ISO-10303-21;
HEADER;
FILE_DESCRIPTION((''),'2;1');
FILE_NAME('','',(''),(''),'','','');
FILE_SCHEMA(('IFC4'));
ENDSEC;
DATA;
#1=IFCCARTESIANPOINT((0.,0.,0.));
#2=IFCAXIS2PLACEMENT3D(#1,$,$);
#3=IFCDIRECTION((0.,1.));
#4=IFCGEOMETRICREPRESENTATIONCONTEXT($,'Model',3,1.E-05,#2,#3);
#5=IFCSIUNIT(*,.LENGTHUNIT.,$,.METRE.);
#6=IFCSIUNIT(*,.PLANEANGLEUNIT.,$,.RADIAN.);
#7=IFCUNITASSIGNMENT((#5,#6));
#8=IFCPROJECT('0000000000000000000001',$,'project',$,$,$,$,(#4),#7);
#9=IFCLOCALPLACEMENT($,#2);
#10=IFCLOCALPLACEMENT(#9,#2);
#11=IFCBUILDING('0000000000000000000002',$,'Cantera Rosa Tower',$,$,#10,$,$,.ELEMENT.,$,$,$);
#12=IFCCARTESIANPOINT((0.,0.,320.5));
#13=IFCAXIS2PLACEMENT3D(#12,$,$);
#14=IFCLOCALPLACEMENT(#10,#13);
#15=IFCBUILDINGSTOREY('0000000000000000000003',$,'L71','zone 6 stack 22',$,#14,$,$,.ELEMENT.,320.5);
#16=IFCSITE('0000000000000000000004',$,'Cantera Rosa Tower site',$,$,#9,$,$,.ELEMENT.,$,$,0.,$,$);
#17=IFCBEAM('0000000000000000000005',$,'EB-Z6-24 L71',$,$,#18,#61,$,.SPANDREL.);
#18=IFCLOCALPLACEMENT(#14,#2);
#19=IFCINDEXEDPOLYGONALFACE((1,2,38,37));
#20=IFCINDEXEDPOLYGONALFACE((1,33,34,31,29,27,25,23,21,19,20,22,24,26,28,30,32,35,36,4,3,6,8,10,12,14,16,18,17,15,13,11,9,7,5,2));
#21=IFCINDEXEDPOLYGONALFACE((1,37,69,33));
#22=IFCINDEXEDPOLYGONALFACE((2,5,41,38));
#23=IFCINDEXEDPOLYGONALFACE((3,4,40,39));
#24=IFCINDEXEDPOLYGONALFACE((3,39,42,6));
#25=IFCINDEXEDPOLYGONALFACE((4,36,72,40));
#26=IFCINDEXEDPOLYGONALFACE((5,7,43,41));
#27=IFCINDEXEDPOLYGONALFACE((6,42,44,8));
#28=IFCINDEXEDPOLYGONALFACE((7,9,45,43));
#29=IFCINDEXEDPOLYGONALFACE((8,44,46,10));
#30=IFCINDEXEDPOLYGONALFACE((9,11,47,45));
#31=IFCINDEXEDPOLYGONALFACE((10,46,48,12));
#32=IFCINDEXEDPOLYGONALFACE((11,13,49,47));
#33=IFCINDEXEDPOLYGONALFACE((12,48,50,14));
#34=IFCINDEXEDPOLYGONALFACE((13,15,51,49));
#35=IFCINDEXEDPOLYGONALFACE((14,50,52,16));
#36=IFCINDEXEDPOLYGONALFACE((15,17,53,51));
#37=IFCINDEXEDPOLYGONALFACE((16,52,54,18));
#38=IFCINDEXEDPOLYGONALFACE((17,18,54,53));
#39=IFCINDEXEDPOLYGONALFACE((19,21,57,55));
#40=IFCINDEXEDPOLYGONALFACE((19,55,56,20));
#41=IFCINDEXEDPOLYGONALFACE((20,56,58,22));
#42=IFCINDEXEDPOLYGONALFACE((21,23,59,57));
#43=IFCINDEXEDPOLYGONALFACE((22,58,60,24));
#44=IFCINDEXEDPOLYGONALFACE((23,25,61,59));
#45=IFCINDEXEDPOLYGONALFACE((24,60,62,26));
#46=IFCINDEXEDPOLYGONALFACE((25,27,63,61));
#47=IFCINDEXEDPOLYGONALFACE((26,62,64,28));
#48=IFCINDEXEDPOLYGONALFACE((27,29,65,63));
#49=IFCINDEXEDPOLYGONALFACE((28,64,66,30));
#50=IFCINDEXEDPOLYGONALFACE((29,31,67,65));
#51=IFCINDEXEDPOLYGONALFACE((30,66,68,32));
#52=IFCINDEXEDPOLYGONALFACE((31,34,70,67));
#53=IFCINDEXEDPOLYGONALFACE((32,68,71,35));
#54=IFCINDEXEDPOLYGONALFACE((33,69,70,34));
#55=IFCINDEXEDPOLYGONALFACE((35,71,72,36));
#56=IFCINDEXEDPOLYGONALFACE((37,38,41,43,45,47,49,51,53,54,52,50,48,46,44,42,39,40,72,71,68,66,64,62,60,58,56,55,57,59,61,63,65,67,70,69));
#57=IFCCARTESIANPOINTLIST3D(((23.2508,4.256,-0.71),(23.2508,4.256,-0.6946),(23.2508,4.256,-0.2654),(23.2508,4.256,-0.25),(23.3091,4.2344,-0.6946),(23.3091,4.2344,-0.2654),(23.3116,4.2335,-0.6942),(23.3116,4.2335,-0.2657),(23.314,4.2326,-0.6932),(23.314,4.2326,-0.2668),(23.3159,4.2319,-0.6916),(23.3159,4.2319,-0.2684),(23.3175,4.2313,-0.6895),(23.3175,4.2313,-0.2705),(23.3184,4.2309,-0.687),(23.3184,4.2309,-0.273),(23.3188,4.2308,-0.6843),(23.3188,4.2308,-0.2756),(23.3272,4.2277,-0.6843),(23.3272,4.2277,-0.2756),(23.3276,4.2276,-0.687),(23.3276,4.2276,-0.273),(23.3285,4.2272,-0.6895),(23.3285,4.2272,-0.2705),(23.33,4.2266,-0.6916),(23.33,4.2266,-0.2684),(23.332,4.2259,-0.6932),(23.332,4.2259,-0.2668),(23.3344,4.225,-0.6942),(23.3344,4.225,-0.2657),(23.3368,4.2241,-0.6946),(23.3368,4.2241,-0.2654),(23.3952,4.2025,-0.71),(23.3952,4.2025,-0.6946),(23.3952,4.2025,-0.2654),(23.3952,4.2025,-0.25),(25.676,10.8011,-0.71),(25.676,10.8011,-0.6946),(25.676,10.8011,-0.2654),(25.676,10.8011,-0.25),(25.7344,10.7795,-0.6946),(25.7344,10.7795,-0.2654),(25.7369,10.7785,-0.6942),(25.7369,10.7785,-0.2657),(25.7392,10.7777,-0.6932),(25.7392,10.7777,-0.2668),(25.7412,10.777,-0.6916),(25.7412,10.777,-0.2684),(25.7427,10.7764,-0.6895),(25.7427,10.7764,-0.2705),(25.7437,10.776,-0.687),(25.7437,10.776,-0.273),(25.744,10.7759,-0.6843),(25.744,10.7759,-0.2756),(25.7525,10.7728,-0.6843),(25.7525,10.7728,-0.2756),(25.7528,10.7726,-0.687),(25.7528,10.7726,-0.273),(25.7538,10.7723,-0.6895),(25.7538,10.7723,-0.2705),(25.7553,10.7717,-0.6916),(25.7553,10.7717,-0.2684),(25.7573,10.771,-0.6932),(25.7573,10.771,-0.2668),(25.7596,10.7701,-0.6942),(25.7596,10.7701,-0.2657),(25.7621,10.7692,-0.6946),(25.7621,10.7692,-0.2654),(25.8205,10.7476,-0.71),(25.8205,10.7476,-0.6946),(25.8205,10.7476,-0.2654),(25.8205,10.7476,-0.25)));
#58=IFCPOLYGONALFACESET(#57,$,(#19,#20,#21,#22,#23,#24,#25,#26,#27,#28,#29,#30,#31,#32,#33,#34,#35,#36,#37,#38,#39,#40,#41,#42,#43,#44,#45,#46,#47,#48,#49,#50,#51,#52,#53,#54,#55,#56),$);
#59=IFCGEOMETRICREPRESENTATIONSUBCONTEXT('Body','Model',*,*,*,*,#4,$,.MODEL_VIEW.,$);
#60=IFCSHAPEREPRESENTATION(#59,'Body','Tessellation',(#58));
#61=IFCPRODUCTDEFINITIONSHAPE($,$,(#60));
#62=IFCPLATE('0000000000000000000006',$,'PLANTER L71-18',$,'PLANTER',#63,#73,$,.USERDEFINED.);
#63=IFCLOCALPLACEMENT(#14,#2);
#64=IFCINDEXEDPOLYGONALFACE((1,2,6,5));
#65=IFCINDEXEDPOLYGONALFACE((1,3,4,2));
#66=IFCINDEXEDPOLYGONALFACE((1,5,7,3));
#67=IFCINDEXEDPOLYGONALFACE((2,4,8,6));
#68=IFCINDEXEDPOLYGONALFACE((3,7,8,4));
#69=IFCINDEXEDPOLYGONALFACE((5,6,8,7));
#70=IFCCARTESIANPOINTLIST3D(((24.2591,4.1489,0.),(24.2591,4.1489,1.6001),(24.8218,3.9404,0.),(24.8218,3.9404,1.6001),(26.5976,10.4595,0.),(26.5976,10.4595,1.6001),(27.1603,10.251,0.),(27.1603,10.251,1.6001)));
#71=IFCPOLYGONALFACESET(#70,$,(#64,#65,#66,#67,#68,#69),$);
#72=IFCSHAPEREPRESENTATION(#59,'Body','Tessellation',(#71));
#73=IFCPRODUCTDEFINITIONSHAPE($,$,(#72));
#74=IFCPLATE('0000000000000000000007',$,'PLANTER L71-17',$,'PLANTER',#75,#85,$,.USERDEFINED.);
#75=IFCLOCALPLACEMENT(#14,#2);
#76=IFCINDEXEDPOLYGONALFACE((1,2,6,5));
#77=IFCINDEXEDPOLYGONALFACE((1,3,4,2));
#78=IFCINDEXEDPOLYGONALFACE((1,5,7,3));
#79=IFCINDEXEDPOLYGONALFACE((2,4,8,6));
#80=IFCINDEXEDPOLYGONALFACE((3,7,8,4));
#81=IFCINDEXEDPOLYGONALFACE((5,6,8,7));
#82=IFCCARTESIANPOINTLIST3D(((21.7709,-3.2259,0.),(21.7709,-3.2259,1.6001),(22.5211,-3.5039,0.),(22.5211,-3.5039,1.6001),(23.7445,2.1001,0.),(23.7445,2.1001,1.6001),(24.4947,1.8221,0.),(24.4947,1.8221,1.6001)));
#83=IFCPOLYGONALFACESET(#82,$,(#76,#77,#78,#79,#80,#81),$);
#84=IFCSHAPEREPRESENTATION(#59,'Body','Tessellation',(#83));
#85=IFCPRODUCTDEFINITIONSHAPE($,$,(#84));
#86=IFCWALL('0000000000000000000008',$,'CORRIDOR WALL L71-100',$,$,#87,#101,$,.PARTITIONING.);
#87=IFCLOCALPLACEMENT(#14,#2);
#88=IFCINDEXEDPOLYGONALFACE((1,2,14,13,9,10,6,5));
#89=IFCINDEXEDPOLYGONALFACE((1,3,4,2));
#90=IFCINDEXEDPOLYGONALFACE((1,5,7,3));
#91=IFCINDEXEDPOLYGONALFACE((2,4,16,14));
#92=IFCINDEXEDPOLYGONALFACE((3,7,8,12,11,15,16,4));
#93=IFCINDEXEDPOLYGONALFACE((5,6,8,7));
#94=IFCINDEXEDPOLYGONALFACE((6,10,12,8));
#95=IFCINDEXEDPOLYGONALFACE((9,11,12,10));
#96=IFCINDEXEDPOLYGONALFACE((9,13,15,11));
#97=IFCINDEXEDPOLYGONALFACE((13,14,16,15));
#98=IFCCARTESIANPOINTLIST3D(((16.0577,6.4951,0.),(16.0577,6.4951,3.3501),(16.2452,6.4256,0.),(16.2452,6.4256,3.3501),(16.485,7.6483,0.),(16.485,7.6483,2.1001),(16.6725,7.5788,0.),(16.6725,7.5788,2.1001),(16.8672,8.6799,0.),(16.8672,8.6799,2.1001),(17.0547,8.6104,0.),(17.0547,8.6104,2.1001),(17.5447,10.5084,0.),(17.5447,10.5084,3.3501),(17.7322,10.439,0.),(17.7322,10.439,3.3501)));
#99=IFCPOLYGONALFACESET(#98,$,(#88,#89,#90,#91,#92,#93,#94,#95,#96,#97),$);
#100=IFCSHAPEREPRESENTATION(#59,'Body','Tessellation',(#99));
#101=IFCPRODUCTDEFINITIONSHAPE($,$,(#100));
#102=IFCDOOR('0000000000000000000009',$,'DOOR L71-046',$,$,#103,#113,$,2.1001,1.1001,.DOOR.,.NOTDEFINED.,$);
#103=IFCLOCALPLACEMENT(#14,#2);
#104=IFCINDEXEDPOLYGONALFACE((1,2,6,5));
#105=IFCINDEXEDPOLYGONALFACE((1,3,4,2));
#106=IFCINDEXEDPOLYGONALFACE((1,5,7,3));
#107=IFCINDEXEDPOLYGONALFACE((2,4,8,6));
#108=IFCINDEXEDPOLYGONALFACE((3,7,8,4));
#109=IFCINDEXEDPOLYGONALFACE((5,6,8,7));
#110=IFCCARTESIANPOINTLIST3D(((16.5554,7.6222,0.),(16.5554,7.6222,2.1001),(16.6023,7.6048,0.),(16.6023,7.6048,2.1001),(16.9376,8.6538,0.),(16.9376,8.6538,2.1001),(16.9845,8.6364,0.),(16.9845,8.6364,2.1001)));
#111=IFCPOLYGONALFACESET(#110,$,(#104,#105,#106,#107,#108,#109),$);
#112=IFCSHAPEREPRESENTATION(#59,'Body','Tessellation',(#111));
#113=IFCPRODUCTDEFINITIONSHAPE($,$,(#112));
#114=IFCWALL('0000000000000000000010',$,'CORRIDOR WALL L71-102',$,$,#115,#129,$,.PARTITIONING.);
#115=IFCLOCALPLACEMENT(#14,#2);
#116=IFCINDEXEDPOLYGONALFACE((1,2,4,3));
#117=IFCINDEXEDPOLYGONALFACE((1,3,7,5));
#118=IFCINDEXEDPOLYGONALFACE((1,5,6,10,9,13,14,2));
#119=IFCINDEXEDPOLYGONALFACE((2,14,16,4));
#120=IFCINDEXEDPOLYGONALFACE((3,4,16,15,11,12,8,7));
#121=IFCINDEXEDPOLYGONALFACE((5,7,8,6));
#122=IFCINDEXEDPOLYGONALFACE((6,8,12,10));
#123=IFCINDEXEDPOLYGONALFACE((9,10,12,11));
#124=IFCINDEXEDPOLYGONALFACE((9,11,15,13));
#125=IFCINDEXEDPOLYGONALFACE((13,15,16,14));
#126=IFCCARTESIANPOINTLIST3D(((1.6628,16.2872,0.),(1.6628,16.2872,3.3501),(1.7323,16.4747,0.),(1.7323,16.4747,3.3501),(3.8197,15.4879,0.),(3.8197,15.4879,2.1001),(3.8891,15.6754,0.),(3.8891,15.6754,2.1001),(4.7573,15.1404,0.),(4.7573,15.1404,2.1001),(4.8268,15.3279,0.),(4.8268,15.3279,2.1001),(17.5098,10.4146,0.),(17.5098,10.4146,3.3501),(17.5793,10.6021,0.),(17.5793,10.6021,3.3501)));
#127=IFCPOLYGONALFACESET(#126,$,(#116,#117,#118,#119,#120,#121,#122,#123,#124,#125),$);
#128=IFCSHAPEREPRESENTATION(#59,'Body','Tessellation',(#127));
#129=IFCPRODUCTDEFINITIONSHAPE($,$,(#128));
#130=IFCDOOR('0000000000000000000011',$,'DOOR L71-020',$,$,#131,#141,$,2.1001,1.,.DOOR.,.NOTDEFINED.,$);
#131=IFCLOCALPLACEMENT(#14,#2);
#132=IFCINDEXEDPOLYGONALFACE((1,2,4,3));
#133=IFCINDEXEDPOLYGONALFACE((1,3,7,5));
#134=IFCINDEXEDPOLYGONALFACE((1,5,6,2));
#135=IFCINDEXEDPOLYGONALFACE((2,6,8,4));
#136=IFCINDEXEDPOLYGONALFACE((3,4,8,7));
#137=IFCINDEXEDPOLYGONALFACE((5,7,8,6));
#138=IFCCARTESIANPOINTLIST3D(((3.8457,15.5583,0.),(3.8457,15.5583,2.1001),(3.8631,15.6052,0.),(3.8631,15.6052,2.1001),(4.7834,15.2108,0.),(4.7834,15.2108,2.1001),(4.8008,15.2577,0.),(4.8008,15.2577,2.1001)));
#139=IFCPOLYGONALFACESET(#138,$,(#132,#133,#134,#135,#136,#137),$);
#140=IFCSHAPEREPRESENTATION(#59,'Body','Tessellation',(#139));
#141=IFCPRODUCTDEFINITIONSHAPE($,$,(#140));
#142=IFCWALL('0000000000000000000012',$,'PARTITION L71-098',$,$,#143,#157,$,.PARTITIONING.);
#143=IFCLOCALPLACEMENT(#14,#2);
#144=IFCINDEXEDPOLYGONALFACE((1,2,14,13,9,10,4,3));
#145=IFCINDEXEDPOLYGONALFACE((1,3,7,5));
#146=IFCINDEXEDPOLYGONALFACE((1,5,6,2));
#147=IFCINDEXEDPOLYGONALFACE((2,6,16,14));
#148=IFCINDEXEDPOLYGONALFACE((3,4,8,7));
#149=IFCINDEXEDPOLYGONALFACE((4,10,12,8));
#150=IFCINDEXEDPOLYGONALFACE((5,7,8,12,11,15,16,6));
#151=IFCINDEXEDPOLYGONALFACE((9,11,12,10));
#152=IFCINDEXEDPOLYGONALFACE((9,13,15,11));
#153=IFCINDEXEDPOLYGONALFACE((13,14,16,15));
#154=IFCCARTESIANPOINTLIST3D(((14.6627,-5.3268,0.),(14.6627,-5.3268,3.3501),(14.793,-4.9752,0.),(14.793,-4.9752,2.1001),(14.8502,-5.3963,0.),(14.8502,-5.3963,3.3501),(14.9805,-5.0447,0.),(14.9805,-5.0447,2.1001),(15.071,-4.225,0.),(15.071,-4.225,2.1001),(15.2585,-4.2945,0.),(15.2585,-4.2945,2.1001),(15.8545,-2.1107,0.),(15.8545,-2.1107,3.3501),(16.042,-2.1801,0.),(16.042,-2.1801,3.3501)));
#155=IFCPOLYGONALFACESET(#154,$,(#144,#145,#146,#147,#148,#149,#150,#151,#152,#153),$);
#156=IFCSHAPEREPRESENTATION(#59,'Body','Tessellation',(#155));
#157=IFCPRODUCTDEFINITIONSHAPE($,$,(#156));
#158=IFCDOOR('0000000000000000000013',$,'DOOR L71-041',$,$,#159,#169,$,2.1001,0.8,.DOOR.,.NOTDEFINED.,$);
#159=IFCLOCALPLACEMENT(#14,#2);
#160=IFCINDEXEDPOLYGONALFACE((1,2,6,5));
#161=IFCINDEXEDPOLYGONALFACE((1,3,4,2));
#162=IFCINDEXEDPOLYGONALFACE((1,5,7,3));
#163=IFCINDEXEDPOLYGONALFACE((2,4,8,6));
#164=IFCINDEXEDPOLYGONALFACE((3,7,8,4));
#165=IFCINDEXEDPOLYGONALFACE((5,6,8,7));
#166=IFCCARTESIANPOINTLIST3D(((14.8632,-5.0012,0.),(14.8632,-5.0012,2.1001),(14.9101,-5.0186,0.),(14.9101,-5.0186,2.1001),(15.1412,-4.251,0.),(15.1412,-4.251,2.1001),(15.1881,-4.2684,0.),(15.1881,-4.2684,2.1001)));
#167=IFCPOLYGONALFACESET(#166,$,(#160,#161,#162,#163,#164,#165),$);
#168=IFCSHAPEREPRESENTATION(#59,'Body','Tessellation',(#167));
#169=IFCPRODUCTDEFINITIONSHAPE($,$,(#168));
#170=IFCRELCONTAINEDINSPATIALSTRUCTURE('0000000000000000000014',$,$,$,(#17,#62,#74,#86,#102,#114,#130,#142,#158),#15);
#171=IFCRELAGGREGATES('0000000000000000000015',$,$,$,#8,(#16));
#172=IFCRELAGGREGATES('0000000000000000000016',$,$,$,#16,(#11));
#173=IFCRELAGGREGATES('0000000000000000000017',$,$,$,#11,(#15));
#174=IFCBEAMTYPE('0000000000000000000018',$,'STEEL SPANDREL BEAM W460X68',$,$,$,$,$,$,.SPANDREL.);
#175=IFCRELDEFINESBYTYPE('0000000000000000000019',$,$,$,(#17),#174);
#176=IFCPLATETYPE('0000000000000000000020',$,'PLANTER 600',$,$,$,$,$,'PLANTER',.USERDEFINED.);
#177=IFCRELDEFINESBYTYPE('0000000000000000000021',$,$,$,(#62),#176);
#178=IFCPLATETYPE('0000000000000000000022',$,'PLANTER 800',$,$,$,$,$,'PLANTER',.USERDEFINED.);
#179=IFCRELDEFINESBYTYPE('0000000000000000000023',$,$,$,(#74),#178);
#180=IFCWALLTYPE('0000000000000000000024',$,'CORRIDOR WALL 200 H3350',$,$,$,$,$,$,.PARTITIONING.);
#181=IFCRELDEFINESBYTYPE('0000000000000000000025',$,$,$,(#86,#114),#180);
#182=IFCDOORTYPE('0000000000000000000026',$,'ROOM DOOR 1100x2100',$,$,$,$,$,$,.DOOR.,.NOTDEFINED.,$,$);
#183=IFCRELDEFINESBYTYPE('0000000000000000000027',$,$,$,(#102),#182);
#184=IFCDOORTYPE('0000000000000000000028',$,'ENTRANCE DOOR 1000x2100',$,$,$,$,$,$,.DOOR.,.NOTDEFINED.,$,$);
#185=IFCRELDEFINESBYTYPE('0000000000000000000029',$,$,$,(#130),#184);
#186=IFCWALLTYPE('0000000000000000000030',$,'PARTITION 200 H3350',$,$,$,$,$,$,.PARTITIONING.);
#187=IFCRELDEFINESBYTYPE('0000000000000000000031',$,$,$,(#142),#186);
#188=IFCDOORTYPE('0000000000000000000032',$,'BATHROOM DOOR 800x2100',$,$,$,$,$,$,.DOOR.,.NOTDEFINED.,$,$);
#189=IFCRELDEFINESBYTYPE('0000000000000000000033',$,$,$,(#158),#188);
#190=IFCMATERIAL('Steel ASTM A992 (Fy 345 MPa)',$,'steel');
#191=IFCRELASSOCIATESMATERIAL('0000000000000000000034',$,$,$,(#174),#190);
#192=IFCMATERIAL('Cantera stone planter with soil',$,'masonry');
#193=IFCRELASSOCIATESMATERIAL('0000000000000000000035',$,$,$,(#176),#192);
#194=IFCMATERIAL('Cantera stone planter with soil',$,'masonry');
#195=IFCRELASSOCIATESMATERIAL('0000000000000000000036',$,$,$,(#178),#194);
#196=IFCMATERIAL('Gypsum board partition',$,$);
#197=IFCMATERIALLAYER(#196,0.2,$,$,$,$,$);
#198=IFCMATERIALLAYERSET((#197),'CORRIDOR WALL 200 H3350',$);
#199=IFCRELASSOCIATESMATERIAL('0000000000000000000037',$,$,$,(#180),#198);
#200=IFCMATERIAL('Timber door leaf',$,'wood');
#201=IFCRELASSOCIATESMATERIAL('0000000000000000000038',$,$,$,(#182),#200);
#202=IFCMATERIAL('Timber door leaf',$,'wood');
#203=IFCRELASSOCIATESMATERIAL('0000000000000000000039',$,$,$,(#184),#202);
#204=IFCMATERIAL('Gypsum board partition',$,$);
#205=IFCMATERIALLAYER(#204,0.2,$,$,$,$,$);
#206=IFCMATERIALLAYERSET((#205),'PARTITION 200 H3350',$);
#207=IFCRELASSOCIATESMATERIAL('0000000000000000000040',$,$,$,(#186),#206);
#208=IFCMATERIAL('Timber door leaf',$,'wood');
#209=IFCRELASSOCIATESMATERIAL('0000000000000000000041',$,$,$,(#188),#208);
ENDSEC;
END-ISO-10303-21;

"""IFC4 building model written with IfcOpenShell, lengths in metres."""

from ifc_helpers import new_model, si_unit, direction, frame, frame_2d, origin, origin_2d, place, context, subcontext, project, spatial, rectangle, i_section, extrude, material, layer, layer_set, material_profile, profile_set, type_object, element, fill, save


model = new_model("IFC4")

# Units and contexts
model_context = context("Model", 3, precision=1e-05, world=origin(), true_north=direction((0.0, 1.0)))
body_context = subcontext(model_context, "Body", "Model", "MODEL_VIEW")
ifc_project = project(units=[si_unit("LENGTHUNIT", "METRE"), si_unit("PLANEANGLEUNIT", "RADIAN")], contexts=[model_context])

# Site, building, storey
site_placement = place(None, origin())
site = spatial("IfcSite", under=ifc_project, at=site_placement, Name="Cantera Rosa Tower site", CompositionType="ELEMENT", RefElevation=0.0)
building_placement = place(site_placement, origin())
building = spatial("IfcBuilding", under=site, at=building_placement, Name="Cantera Rosa Tower", CompositionType="ELEMENT")
storey_placement = place(building_placement, frame((0.0, 0.0, 320.5)))
storey = spatial("IfcBuildingStorey", under=building, at=storey_placement, Name="L71", Description="zone 6 stack 22", CompositionType="ELEMENT", Elevation=320.5)

# Beam
ifc_material_1 = material(Name="Steel ASTM A992 (Fy 345 MPa)", Category="steel")
ifc_material_profile_1 = material_profile(ifc_material_1, i_section(OverallWidth=0.1541, OverallDepth=0.46, WebThickness=0.009, FlangeThickness=0.0154, FilletRadius=0.0103, at=origin_2d()), Name="W460X68")
ifc_profile_set_1 = profile_set([ifc_material_profile_1], Name="Steel ASTM A992 (Fy 345 MPa)")
beam_type_1 = type_object("IfcBeamType", Name="STEEL SPANDREL BEAM W460X68", PredefinedType="SPANDREL", material=ifc_profile_set_1)
beam_1_placement = place(storey_placement, frame((23.323, 4.2292, -0.48), z_axis=(0.34746, 0.937695, 0.0), x_axis=(-0.937695, 0.34746, 0.0)))
element("IfcBeam", 1, at=beam_1_placement, inside=storey, type_object=beam_type_1, Name="EB-Z6-24 L71", PredefinedType="SPANDREL", context=body_context, shape_type="SweptSolid", body=[
    extrude(i_section(OverallWidth=0.1541, OverallDepth=0.46, WebThickness=0.009, FlangeThickness=0.0154, FilletRadius=0.0103, at=origin_2d()), origin(), (0.0, 0.0, 1.0), 6.98),
])

# Plates
ifc_material_2 = material(Name="Cantera stone planter with soil", Category="masonry")
plate_type_1 = type_object("IfcPlateType", Name="PLANTER 600", ElementType="PLANTER", PredefinedType="USERDEFINED", material=ifc_material_2)
plate_1_placement = place(storey_placement, frame((25.7097, 7.2, 0.0), z_axis=(0.0, 0.0, 1.0), x_axis=(0.347481, 0.937687, 0.0)))
element("IfcPlate", 2, at=plate_1_placement, inside=storey, type_object=plate_type_1, Name="PLANTER L71-18", ObjectType="PLANTER", PredefinedType="USERDEFINED", context=body_context, shape_type="SweptSolid", body=[
    extrude(rectangle(XDim=6.73, YDim=0.6001, at=origin_2d()), origin(), (0.0, 0.0, 1.0), 1.6001),
])
ifc_material_3 = material(Name="Cantera stone planter with soil", Category="masonry")
plate_type_2 = type_object("IfcPlateType", Name="PLANTER 800", ElementType="PLANTER", PredefinedType="USERDEFINED", material=ifc_material_3)
plate_2_placement = place(storey_placement, frame((23.1328, -0.7019, 0.0), z_axis=(0.0, 0.0, 1.0), x_axis=(0.347481, 0.937687, 0.0)))
element("IfcPlate", 3, at=plate_2_placement, inside=storey, type_object=plate_type_2, Name="PLANTER L71-17", ObjectType="PLANTER", PredefinedType="USERDEFINED", context=body_context, shape_type="SweptSolid", body=[
    extrude(rectangle(XDim=5.6799, YDim=0.8, at=origin_2d()), origin(), (0.0, 0.0, 1.0), 1.6001),
])

# Walls, openings, doors
ifc_material_4 = material(Name="Gypsum board partition")
ifc_layer_1 = layer(ifc_material_4, 0.2)
ifc_layer_set_1 = layer_set([ifc_layer_1], Name="CORRIDOR WALL 200 H3350")
wall_type_1 = type_object("IfcWallType", Name="CORRIDOR WALL 200 H3350", PredefinedType="PARTITIONING", material=ifc_layer_set_1)
wall_1_placement = place(storey_placement, frame((16.1514, 6.4602, 0.0), z_axis=(0.0, 0.0, 1.0), x_axis=(0.347439, 0.937703, 0.0)))
wall_1 = element("IfcWall", 4, at=wall_1_placement, inside=storey, type_object=wall_type_1, Name="CORRIDOR WALL L71-100", PredefinedType="PARTITIONING", context=body_context, shape_type="SweptSolid", body=[
    extrude(rectangle(XDim=4.28, YDim=0.2, at=frame_2d((2.1401, 0.0))), origin(), (0.0, 0.0, 1.0), 3.3501),
])
opening_1_placement = place(wall_1_placement, frame((1.23, 0.0, 0.0)))
opening_1 = element("IfcOpeningElement", 5, at=opening_1_placement, cuts=wall_1, PredefinedType="OPENING", context=body_context, shape_type="SweptSolid", body=[
    extrude(rectangle(XDim=1.1001, YDim=2.1001, at=frame_2d((0.55, 1.05))), frame((0.0, 0.1099, 0.0), z_axis=(0.0, -1.0, 0.0), x_axis=(1.0, 0.0, 0.0)), (0.0, 0.0, 1.0), 0.22),
])
ifc_material_5 = material(Name="Timber door leaf", Category="wood")
door_type_1 = type_object("IfcDoorType", Name="ROOM DOOR 1100x2100", OperationType="NOTDEFINED", PredefinedType="DOOR", material=ifc_material_5)
door_1_placement = place(opening_1_placement, origin())
door_1 = element("IfcDoor", 6, at=door_1_placement, inside=storey, type_object=door_type_1, Name="DOOR L71-046", OperationType="NOTDEFINED", OverallHeight=2.1001, OverallWidth=1.1001, PredefinedType="DOOR", context=body_context, shape_type="SweptSolid", body=[
    extrude(rectangle(XDim=1.1001, YDim=2.1001, at=frame_2d((0.55, 1.05))), frame((0.0, 0.0249, 0.0), z_axis=(0.0, -1.0, 0.0), x_axis=(1.0, 0.0, 0.0)), (0.0, 0.0, 1.0), 0.05),
])
fill(opening_1, door_1)
wall_2_placement = place(storey_placement, frame((17.5447, 10.5083, 0.0), z_axis=(0.0, 0.0, 1.0), x_axis=(-0.937685, 0.347487, 0.0)))
wall_2 = element("IfcWall", 7, at=wall_2_placement, inside=storey, type_object=wall_type_1, Name="CORRIDOR WALL L71-102", PredefinedType="PARTITIONING", context=body_context, shape_type="SweptSolid", body=[
    extrude(rectangle(XDim=16.9001, YDim=0.2, at=frame_2d((8.4502, 0.0))), origin(), (0.0, 0.0, 1.0), 3.3501),
])
opening_2_placement = place(wall_2_placement, frame((13.6001, 0.0, 0.0)))
opening_2 = element("IfcOpeningElement", 8, at=opening_2_placement, cuts=wall_2, PredefinedType="OPENING", context=body_context, shape_type="SweptSolid", body=[
    extrude(rectangle(XDim=1.0, YDim=2.1001, at=frame_2d((0.5, 1.05))), frame((0.0, 0.1099, 0.0), z_axis=(0.0, -1.0, 0.0), x_axis=(1.0, 0.0, 0.0)), (0.0, 0.0, 1.0), 0.22),
])
ifc_material_6 = material(Name="Timber door leaf", Category="wood")
door_type_2 = type_object("IfcDoorType", Name="ENTRANCE DOOR 1000x2100", OperationType="NOTDEFINED", PredefinedType="DOOR", material=ifc_material_6)
door_2_placement = place(opening_2_placement, origin())
door_2 = element("IfcDoor", 9, at=door_2_placement, inside=storey, type_object=door_type_2, Name="DOOR L71-020", OperationType="NOTDEFINED", OverallHeight=2.1001, OverallWidth=1.0, PredefinedType="DOOR", context=body_context, shape_type="SweptSolid", body=[
    extrude(rectangle(XDim=1.0, YDim=2.1001, at=frame_2d((0.5, 1.05))), frame((0.0, 0.0249, 0.0), z_axis=(0.0, -1.0, 0.0), x_axis=(1.0, 0.0, 0.0)), (0.0, 0.0, 1.0), 0.05),
])
fill(opening_2, door_2)

# Wall, opening, door
ifc_material_7 = material(Name="Gypsum board partition")
ifc_layer_2 = layer(ifc_material_7, 0.2)
ifc_layer_set_2 = layer_set([ifc_layer_2], Name="PARTITION 200 H3350")
wall_type_2 = type_object("IfcWallType", Name="PARTITION 200 H3350", PredefinedType="PARTITIONING", material=ifc_layer_set_2)
wall_3_placement = place(storey_placement, frame((15.9482, -2.1455, 0.0), z_axis=(0.0, 0.0, 1.0), x_axis=(-0.347486, -0.937685, 0.0)))
wall_3 = element("IfcWall", 10, at=wall_3_placement, inside=storey, type_object=wall_type_2, Name="PARTITION L71-098", PredefinedType="PARTITIONING", context=body_context, shape_type="SweptSolid", body=[
    extrude(rectangle(XDim=3.4299, YDim=0.2, at=frame_2d((1.7148, 0.0))), origin(), (0.0, 0.0, 1.0), 3.3501),
])
opening_3_placement = place(wall_3_placement, frame((2.2549, 0.0, 0.0)))
opening_3 = element("IfcOpeningElement", 11, at=opening_3_placement, cuts=wall_3, PredefinedType="OPENING", context=body_context, shape_type="SweptSolid", body=[
    extrude(rectangle(XDim=0.8, YDim=2.1001, at=frame_2d((0.3999, 1.05))), frame((0.0, 0.1099, 0.0), z_axis=(0.0, -1.0, 0.0), x_axis=(1.0, 0.0, 0.0)), (0.0, 0.0, 1.0), 0.22),
])
ifc_material_8 = material(Name="Timber door leaf", Category="wood")
door_type_3 = type_object("IfcDoorType", Name="BATHROOM DOOR 800x2100", OperationType="NOTDEFINED", PredefinedType="DOOR", material=ifc_material_8)
door_3_placement = place(opening_3_placement, origin())
door_3 = element("IfcDoor", 12, at=door_3_placement, inside=storey, type_object=door_type_3, Name="DOOR L71-041", OperationType="NOTDEFINED", OverallHeight=2.1001, OverallWidth=0.8, PredefinedType="DOOR", context=body_context, shape_type="SweptSolid", body=[
    extrude(rectangle(XDim=0.8, YDim=2.1001, at=frame_2d((0.3999, 1.05))), frame((0.0, 0.0249, 0.0), z_axis=(0.0, -1.0, 0.0), x_axis=(1.0, 0.0, 0.0)), (0.0, 0.0, 1.0), 0.05),
])
fill(opening_3, door_3)

save(model, "model.ifc")
